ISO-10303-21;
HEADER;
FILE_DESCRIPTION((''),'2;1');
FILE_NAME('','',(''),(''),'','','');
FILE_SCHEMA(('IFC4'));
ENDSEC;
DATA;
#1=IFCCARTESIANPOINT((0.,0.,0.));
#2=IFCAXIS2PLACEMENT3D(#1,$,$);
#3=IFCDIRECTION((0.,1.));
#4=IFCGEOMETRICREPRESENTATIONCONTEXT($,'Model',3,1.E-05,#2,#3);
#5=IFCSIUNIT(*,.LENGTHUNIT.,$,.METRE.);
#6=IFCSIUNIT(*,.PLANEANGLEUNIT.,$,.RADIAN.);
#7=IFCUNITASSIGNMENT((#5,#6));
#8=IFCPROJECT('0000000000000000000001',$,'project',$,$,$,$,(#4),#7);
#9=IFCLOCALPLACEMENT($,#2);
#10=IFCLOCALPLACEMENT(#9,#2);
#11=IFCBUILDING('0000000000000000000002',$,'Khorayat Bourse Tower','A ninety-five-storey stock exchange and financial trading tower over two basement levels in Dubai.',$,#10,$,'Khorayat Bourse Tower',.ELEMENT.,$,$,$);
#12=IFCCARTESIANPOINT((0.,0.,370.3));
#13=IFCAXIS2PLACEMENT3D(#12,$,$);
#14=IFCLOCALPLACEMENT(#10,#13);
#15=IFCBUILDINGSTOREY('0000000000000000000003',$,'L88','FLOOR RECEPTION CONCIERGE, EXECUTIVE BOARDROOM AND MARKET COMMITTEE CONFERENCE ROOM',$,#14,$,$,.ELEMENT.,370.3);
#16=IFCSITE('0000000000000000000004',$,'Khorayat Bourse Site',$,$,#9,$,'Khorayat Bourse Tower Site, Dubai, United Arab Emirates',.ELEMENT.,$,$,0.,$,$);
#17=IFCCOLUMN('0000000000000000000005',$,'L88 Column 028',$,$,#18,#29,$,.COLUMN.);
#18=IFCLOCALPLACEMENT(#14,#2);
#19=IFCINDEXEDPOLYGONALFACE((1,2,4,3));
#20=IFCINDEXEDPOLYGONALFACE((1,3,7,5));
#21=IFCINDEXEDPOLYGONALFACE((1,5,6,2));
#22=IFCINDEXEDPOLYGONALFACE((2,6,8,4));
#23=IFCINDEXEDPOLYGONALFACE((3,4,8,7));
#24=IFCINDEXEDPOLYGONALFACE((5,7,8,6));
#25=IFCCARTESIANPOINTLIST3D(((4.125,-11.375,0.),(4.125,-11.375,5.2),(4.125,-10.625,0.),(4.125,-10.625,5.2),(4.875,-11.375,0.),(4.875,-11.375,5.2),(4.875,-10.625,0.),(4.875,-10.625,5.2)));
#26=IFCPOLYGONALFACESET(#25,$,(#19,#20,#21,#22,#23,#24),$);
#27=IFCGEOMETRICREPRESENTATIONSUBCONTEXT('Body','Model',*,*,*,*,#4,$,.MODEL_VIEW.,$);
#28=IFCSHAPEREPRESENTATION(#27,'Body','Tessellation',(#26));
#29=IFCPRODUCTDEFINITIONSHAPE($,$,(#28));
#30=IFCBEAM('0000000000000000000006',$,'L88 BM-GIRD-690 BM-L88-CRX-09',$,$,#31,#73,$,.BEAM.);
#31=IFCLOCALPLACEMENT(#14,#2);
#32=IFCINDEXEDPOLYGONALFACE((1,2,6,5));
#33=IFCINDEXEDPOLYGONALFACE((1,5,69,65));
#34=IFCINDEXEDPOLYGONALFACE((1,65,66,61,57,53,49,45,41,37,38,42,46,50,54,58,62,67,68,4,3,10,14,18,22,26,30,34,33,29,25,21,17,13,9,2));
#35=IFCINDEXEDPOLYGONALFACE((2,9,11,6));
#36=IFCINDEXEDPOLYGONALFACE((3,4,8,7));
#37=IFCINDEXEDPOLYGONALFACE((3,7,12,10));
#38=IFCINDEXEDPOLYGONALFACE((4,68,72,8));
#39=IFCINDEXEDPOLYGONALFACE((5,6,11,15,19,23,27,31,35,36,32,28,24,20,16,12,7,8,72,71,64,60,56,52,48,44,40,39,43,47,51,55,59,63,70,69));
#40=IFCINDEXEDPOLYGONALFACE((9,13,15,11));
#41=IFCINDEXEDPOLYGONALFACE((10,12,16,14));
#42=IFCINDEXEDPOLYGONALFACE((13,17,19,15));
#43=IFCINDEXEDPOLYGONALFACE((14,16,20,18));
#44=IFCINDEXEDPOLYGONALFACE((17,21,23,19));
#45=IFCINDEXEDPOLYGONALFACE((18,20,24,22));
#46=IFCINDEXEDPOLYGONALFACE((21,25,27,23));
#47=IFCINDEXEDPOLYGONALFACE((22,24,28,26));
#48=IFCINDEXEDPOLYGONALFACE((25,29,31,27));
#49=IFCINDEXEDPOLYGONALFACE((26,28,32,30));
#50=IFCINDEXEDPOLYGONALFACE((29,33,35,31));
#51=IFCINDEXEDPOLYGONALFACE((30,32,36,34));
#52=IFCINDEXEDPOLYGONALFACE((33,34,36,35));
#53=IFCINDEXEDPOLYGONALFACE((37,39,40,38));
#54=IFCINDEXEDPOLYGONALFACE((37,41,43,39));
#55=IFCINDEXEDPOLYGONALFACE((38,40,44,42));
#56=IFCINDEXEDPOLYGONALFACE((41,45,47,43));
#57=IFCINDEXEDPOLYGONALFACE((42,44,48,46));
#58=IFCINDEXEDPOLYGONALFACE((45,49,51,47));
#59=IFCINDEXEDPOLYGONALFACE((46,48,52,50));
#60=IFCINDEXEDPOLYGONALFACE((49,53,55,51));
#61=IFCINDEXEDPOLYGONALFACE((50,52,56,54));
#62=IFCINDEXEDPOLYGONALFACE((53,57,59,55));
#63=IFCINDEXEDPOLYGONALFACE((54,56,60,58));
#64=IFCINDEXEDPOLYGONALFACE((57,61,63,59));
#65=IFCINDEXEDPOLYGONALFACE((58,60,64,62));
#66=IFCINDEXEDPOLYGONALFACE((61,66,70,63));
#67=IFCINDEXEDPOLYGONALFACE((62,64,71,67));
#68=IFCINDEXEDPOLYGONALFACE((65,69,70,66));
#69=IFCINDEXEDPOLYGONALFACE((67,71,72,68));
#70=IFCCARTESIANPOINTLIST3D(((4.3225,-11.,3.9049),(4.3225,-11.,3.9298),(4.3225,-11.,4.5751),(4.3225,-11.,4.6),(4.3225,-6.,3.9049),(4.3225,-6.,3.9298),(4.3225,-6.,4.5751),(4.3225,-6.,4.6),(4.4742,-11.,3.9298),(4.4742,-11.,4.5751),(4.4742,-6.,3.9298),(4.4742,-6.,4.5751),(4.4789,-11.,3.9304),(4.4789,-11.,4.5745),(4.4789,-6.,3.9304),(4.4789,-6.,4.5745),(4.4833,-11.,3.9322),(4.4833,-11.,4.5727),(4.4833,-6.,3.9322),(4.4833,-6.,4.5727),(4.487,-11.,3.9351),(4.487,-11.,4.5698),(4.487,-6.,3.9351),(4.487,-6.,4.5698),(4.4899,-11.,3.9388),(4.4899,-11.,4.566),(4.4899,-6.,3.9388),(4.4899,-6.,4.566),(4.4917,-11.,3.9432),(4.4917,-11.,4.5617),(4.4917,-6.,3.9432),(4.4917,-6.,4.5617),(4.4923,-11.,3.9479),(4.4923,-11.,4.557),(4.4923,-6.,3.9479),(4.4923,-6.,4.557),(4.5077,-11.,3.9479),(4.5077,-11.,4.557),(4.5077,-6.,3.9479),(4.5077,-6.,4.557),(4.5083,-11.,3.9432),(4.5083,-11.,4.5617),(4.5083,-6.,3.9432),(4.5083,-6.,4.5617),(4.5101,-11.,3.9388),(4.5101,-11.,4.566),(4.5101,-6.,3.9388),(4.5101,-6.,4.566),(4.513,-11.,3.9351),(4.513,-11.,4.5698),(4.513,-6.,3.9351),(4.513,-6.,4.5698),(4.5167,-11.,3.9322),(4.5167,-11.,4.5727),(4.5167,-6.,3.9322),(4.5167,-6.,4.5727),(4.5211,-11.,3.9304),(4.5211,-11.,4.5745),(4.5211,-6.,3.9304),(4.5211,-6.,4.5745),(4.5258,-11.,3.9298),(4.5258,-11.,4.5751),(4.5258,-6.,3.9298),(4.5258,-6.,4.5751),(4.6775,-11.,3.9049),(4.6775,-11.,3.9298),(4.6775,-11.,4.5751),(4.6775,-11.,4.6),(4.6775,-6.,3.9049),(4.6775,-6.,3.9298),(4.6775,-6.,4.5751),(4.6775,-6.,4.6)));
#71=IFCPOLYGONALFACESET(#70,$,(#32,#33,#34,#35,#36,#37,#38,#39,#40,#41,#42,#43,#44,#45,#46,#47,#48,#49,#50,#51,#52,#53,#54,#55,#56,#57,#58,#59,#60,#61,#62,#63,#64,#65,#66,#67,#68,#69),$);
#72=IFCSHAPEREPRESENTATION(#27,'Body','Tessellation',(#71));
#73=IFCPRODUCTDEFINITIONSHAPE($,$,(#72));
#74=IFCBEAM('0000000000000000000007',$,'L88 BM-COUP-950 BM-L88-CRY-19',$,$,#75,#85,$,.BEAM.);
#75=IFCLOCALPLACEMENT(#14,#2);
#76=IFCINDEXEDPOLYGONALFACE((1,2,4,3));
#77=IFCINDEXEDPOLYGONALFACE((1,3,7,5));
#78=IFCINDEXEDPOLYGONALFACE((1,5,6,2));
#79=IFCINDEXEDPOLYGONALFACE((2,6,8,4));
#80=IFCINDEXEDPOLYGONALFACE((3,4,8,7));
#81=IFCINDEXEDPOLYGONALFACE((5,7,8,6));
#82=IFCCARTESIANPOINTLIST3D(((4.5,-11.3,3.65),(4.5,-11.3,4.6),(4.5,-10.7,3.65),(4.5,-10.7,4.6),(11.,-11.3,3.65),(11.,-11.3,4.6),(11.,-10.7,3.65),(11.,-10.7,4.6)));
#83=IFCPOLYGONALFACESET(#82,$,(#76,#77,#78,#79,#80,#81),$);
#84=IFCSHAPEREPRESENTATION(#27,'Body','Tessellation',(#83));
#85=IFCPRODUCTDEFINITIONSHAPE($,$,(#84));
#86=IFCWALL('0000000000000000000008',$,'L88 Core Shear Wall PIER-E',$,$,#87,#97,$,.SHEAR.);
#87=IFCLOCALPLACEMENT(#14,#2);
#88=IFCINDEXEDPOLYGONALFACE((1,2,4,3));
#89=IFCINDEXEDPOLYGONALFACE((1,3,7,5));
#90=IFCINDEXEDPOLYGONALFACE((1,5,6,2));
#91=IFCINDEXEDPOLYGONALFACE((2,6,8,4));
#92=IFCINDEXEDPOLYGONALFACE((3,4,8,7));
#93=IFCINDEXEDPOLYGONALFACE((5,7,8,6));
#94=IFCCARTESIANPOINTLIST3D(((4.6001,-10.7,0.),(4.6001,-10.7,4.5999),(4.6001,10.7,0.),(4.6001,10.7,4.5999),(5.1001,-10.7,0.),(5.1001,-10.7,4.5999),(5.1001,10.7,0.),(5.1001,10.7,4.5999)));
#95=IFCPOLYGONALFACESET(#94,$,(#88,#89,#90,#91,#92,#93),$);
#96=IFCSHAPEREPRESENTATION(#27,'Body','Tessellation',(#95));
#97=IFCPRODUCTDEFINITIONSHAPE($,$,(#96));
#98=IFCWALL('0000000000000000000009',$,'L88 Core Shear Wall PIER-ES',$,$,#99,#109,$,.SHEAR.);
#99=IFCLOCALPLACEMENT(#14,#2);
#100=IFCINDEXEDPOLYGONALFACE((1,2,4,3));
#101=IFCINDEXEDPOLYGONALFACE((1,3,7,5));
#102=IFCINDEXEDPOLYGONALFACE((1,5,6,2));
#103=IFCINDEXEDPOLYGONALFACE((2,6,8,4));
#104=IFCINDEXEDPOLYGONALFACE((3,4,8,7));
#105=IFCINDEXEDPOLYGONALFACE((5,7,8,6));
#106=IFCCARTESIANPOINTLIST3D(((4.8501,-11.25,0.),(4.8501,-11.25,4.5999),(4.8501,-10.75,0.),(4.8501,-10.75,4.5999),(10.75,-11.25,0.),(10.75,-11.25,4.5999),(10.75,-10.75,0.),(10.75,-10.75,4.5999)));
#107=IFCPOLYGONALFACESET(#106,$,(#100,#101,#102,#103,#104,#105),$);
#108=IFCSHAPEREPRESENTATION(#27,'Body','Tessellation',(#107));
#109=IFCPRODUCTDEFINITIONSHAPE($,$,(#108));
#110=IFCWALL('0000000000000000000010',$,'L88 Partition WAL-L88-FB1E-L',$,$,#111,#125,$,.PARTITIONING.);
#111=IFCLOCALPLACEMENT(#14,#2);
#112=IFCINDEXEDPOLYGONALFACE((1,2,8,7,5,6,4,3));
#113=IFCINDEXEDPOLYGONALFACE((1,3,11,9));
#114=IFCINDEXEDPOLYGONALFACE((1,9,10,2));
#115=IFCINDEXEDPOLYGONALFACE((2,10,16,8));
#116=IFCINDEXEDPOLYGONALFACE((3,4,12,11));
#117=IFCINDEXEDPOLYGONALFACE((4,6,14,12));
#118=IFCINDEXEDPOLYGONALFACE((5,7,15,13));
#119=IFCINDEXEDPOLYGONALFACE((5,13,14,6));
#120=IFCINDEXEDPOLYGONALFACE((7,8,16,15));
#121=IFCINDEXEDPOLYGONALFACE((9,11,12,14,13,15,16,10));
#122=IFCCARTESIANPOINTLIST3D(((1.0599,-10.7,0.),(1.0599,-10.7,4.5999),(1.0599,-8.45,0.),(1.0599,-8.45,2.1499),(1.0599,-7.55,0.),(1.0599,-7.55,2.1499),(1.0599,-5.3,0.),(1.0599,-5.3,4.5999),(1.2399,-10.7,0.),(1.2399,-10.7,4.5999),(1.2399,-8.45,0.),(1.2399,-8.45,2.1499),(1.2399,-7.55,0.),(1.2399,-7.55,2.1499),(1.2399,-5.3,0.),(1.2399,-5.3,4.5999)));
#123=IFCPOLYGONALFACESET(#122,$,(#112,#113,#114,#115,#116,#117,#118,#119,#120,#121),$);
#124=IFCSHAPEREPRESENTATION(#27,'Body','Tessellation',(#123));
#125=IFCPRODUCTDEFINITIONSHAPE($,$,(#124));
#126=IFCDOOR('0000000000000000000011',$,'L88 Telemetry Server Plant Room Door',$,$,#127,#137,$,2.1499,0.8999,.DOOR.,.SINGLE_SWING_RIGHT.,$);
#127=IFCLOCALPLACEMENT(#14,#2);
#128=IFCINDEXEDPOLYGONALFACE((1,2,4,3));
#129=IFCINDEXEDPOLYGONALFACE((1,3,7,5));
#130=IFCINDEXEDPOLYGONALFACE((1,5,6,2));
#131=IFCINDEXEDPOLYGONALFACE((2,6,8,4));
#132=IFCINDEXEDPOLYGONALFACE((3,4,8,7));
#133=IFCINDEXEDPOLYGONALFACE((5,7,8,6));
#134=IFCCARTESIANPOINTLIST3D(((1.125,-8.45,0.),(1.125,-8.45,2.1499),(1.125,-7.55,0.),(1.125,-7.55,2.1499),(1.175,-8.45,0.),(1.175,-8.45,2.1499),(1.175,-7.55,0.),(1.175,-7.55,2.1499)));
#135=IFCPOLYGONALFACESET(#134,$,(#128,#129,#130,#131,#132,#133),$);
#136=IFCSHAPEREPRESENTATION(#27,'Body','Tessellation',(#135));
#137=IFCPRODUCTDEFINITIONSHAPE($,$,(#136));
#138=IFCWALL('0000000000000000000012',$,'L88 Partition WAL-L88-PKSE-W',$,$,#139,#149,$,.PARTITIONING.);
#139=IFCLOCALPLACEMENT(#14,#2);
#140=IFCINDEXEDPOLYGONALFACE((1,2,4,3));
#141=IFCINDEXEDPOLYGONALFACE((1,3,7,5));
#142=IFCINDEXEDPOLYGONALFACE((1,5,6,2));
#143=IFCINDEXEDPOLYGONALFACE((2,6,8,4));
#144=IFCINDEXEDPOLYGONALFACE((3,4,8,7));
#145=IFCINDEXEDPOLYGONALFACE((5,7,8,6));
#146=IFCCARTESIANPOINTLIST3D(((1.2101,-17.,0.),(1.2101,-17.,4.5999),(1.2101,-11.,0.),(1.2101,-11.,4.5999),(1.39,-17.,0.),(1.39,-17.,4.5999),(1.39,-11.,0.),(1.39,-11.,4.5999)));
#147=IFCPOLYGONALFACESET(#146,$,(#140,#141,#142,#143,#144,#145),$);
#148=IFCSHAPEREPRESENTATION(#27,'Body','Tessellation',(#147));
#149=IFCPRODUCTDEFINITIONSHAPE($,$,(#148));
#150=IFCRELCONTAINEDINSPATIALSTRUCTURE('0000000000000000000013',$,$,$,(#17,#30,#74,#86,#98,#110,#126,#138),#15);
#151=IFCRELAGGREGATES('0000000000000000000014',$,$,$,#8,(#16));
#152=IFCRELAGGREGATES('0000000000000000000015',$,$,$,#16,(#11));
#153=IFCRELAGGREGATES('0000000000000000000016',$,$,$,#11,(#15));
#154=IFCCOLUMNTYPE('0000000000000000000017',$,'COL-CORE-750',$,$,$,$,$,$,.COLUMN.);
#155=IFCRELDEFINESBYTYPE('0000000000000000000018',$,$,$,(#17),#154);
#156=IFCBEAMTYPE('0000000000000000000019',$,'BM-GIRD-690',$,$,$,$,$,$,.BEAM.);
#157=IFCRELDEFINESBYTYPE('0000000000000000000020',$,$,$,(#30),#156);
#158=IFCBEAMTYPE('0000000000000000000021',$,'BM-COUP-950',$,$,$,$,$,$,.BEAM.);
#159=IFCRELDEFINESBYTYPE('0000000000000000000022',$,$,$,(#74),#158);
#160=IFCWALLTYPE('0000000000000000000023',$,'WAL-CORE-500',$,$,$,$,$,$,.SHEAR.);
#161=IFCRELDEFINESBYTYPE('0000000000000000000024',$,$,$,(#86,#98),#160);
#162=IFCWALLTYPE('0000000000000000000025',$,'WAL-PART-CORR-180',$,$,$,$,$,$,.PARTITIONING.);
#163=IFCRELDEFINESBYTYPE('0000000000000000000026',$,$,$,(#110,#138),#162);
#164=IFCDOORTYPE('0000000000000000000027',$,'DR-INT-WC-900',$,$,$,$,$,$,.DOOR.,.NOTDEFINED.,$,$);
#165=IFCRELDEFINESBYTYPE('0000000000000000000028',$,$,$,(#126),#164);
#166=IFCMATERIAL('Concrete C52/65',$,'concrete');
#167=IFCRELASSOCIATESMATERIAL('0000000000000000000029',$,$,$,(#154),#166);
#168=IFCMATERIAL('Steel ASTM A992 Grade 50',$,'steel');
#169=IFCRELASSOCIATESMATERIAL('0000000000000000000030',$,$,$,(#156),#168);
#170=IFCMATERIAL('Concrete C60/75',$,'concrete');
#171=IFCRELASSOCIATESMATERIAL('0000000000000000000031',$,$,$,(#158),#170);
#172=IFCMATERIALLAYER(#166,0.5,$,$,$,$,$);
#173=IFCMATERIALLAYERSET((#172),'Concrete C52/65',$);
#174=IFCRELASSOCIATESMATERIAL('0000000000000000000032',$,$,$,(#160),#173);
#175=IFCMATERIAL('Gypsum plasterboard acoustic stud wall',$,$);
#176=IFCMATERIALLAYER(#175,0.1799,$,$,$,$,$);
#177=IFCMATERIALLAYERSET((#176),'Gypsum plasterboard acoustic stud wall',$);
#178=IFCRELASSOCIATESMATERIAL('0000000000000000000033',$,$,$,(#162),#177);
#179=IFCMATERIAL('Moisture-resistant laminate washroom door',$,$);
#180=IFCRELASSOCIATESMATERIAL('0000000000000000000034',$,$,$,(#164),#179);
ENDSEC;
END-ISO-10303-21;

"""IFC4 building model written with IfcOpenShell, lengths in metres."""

from ifc_helpers import new_model, si_unit, direction, frame, frame_2d, origin, origin_2d, place, context, subcontext, project, spatial, rectangle, i_section, extrude, source, transform, mapped, material, layer, layer_set, material_profile, profile_set, type_object, element, fill, save


model = new_model("IFC4")

# Units and contexts
model_context = context("Model", 3, precision=1e-05, world=origin(), true_north=direction((0.0, 1.0)))
body_context = subcontext(model_context, "Body", "Model", "MODEL_VIEW")
ifc_project = project(units=[si_unit("LENGTHUNIT", "METRE"), si_unit("PLANEANGLEUNIT", "RADIAN")], contexts=[model_context])

# Site, building, storey
site_placement = place(None, origin())
site = spatial("IfcSite", under=ifc_project, at=site_placement, Name="Khorayat Bourse Site", LongName="Khorayat Bourse Tower Site, Dubai, United Arab Emirates", CompositionType="ELEMENT", RefElevation=0.0)
building_placement = place(site_placement, origin())
building = spatial("IfcBuilding", under=site, at=building_placement, Name="Khorayat Bourse Tower", Description="A ninety-five-storey stock exchange and financial trading tower over two basement levels in Dubai.", LongName="Khorayat Bourse Tower", CompositionType="ELEMENT")
storey_placement = place(building_placement, frame((0.0, 0.0, 370.3)))
storey = spatial("IfcBuildingStorey", under=building, at=storey_placement, Name="L88", Description="FLOOR RECEPTION CONCIERGE, EXECUTIVE BOARDROOM AND MARKET COMMITTEE CONFERENCE ROOM", CompositionType="ELEMENT", Elevation=370.3)

# Column
ifc_material_1 = material(Name="Concrete C52/65", Category="concrete")
ifc_material_profile_1 = material_profile(ifc_material_1, rectangle(XDim=0.75, YDim=0.75, at=origin_2d()), Name="RC 750x750")
ifc_profile_set_1 = profile_set([ifc_material_profile_1], Name="Concrete C52/65")
column_type = type_object("IfcColumnType", Name="COL-CORE-750", PredefinedType="COLUMN", material=ifc_profile_set_1)
shared_shape_1 = source(origin(), body_context, "Body", "SweptSolid", [
    extrude(rectangle(XDim=0.75, YDim=0.75, at=origin_2d()), origin(), (0.0, 0.0, 1.0), 5.2),
])
column_placement = place(storey_placement, frame((4.5, -11.0, 0.0), z_axis=(0.0, 0.0, 1.0), x_axis=(1.0, 0.0, 0.0)))
element("IfcColumn", 1, at=column_placement, inside=storey, type_object=column_type, Name="L88 Column 028", PredefinedType="COLUMN", context=body_context, shape_type="MappedRepresentation", body=[
    mapped(shared_shape_1, transform((0.0, 0.0, 0.0), scale=1.0)),
])

# Beams
ifc_material_2 = material(Name="Steel ASTM A992 Grade 50", Category="steel")
ifc_material_profile_2 = material_profile(ifc_material_2, i_section(OverallWidth=0.355, OverallDepth=0.6951, WebThickness=0.0154, FlangeThickness=0.0249, FilletRadius=0.0181, at=origin_2d()), Name="W690X217")
ifc_profile_set_2 = profile_set([ifc_material_profile_2], Name="Steel ASTM A992 Grade 50")
beam_type_1 = type_object("IfcBeamType", Name="BM-GIRD-690", PredefinedType="BEAM", material=ifc_profile_set_2)
shared_shape_2 = source(origin(), body_context, "Body", "SweptSolid", [
    extrude(i_section(OverallWidth=0.355, OverallDepth=0.6951, WebThickness=0.0154, FlangeThickness=0.0249, FilletRadius=0.0181, at=origin_2d()), origin(), (0.0, 0.0, 1.0), 5.0),
])
beam_1_placement = place(storey_placement, frame((4.5, -11.0, 4.2524), z_axis=(0.0, 1.0, 0.0), x_axis=(-1.0, 0.0, 0.0)))
element("IfcBeam", 2, at=beam_1_placement, inside=storey, type_object=beam_type_1, Name="L88 BM-GIRD-690 BM-L88-CRX-09", PredefinedType="BEAM", context=body_context, shape_type="MappedRepresentation", body=[
    mapped(shared_shape_2, transform((0.0, 0.0, 0.0), scale=1.0)),
])
ifc_material_3 = material(Name="Concrete C60/75", Category="concrete")
ifc_material_profile_3 = material_profile(ifc_material_3, rectangle(XDim=0.6001, YDim=0.95, at=origin_2d()), Name="RC 600x950")
ifc_profile_set_3 = profile_set([ifc_material_profile_3], Name="Concrete C60/75")
beam_type_2 = type_object("IfcBeamType", Name="BM-COUP-950", PredefinedType="BEAM", material=ifc_profile_set_3)
shared_shape_3 = source(origin(), body_context, "Body", "SweptSolid", [
    extrude(rectangle(XDim=0.6001, YDim=0.95, at=origin_2d()), origin(), (0.0, 0.0, 1.0), 6.5),
])
beam_2_placement = place(storey_placement, frame((4.5, -11.0, 4.125), z_axis=(1.0, 0.0, 0.0), x_axis=(0.0, 1.0, 0.0)))
element("IfcBeam", 3, at=beam_2_placement, inside=storey, type_object=beam_type_2, Name="L88 BM-COUP-950 BM-L88-CRY-19", PredefinedType="BEAM", context=body_context, shape_type="MappedRepresentation", body=[
    mapped(shared_shape_3, transform((0.0, 0.0, 0.0), scale=1.0)),
])

# Walls
ifc_layer_1 = layer(ifc_material_1, 0.5)
ifc_layer_set_1 = layer_set([ifc_layer_1], Name="Concrete C52/65")
wall_type_1 = type_object("IfcWallType", Name="WAL-CORE-500", PredefinedType="SHEAR", material=ifc_layer_set_1)
shared_shape_4 = source(origin(), body_context, "Body", "SweptSolid", [
    extrude(rectangle(XDim=21.3999, YDim=0.5, at=frame_2d((10.7, 0.0))), origin(), (0.0, 0.0, 1.0), 4.5999),
])
wall_1_placement = place(storey_placement, frame((4.8501, -10.7, 0.0), z_axis=(0.0, 0.0, 1.0), x_axis=(0.0, 1.0, 0.0)))
element("IfcWall", 4, at=wall_1_placement, inside=storey, type_object=wall_type_1, Name="L88 Core Shear Wall PIER-E", PredefinedType="SHEAR", context=body_context, shape_type="MappedRepresentation", body=[
    mapped(shared_shape_4, transform((0.0, 0.0, 0.0), scale=1.0)),
])
shared_shape_5 = source(origin(), body_context, "Body", "SweptSolid", [
    extrude(rectangle(XDim=5.8999, YDim=0.5, at=frame_2d((2.95, 0.0))), origin(), (0.0, 0.0, 1.0), 4.5999),
])
wall_2_placement = place(storey_placement, frame((4.8501, -11.0, 0.0), z_axis=(0.0, 0.0, 1.0), x_axis=(1.0, 0.0, 0.0)))
element("IfcWall", 5, at=wall_2_placement, inside=storey, type_object=wall_type_1, Name="L88 Core Shear Wall PIER-ES", PredefinedType="SHEAR", context=body_context, shape_type="MappedRepresentation", body=[
    mapped(shared_shape_5, transform((0.0, 0.0, 0.0), scale=1.0)),
])

# Shared definitions
ifc_material_4 = material(Name="Gypsum plasterboard acoustic stud wall")
ifc_layer_2 = layer(ifc_material_4, 0.1799)
ifc_layer_set_2 = layer_set([ifc_layer_2], Name="Gypsum plasterboard acoustic stud wall")
wall_type_2 = type_object("IfcWallType", Name="WAL-PART-CORR-180", PredefinedType="PARTITIONING", material=ifc_layer_set_2)
shared_shape_6 = source(origin(), body_context, "Body", "SweptSolid", [
    extrude(rectangle(XDim=5.3999, YDim=0.1799, at=frame_2d((2.7, 0.0))), origin(), (0.0, 0.0, 1.0), 4.5999),
])
shared_shape_7 = source(origin(), body_context, "Body", "SweptSolid", [
    extrude(rectangle(XDim=0.8999, YDim=2.1499, at=frame_2d((0.45, 1.075))), frame((0.0, 0.0999, 0.0), z_axis=(0.0, -1.0, 0.0), x_axis=(1.0, 0.0, 0.0)), (0.0, 0.0, 1.0), 0.2),
])
ifc_material_5 = material(Name="Moisture-resistant laminate washroom door")
door_type = type_object("IfcDoorType", Name="DR-INT-WC-900", OperationType="NOTDEFINED", PredefinedType="DOOR", material=ifc_material_5)
shared_shape_8 = source(origin(), body_context, "Body", "SweptSolid", [
    extrude(rectangle(XDim=0.8999, YDim=2.1499, at=frame_2d((0.45, 1.075))), frame((0.0, 0.0249, 0.0), z_axis=(0.0, -1.0, 0.0), x_axis=(1.0, 0.0, 0.0)), (0.0, 0.0, 1.0), 0.05),
])

# Wall, opening, door
wall_3_placement = place(storey_placement, frame((1.1499, -10.7, 0.0), z_axis=(0.0, 0.0, 1.0), x_axis=(0.0, 1.0, 0.0)))
wall_3 = element("IfcWall", 6, at=wall_3_placement, inside=storey, type_object=wall_type_2, Name="L88 Partition WAL-L88-FB1E-L", PredefinedType="PARTITIONING", context=body_context, shape_type="MappedRepresentation", body=[
    mapped(shared_shape_6, transform((0.0, 0.0, 0.0), scale=1.0)),
])
opening_1_placement = place(wall_3_placement, frame((2.25, 0.0, 0.0)))
opening_1 = element("IfcOpeningElement", 7, at=opening_1_placement, cuts=wall_3, PredefinedType="OPENING", context=body_context, shape_type="MappedRepresentation", body=[
    mapped(shared_shape_7, transform((0.0, 0.0, 0.0), scale=1.0)),
])
door_1_placement = place(opening_1_placement, origin())
door_1 = element("IfcDoor", 8, at=door_1_placement, inside=storey, type_object=door_type, Name="L88 Telemetry Server Plant Room Door", OperationType="SINGLE_SWING_RIGHT", OverallHeight=2.1499, OverallWidth=0.8999, PredefinedType="DOOR", context=body_context, shape_type="MappedRepresentation", body=[
    mapped(shared_shape_8, transform((0.0, 0.0, 0.0), scale=1.0)),
])
fill(opening_1, door_1)

# Wall
shared_shape_9 = source(origin(), body_context, "Body", "SweptSolid", [
    extrude(rectangle(XDim=6.0, YDim=0.1799, at=frame_2d((3.0, 0.0))), origin(), (0.0, 0.0, 1.0), 4.5999),
])
wall_4_placement = place(storey_placement, frame((1.3, -17.0, 0.0), z_axis=(0.0, 0.0, 1.0), x_axis=(0.0, 1.0, 0.0)))
element("IfcWall", 9, at=wall_4_placement, inside=storey, type_object=wall_type_2, Name="L88 Partition WAL-L88-PKSE-W", PredefinedType="PARTITIONING", context=body_context, shape_type="MappedRepresentation", body=[
    mapped(shared_shape_9, transform((0.0, 0.0, 0.0), scale=1.0)),
])

save(model, "model.ifc")
